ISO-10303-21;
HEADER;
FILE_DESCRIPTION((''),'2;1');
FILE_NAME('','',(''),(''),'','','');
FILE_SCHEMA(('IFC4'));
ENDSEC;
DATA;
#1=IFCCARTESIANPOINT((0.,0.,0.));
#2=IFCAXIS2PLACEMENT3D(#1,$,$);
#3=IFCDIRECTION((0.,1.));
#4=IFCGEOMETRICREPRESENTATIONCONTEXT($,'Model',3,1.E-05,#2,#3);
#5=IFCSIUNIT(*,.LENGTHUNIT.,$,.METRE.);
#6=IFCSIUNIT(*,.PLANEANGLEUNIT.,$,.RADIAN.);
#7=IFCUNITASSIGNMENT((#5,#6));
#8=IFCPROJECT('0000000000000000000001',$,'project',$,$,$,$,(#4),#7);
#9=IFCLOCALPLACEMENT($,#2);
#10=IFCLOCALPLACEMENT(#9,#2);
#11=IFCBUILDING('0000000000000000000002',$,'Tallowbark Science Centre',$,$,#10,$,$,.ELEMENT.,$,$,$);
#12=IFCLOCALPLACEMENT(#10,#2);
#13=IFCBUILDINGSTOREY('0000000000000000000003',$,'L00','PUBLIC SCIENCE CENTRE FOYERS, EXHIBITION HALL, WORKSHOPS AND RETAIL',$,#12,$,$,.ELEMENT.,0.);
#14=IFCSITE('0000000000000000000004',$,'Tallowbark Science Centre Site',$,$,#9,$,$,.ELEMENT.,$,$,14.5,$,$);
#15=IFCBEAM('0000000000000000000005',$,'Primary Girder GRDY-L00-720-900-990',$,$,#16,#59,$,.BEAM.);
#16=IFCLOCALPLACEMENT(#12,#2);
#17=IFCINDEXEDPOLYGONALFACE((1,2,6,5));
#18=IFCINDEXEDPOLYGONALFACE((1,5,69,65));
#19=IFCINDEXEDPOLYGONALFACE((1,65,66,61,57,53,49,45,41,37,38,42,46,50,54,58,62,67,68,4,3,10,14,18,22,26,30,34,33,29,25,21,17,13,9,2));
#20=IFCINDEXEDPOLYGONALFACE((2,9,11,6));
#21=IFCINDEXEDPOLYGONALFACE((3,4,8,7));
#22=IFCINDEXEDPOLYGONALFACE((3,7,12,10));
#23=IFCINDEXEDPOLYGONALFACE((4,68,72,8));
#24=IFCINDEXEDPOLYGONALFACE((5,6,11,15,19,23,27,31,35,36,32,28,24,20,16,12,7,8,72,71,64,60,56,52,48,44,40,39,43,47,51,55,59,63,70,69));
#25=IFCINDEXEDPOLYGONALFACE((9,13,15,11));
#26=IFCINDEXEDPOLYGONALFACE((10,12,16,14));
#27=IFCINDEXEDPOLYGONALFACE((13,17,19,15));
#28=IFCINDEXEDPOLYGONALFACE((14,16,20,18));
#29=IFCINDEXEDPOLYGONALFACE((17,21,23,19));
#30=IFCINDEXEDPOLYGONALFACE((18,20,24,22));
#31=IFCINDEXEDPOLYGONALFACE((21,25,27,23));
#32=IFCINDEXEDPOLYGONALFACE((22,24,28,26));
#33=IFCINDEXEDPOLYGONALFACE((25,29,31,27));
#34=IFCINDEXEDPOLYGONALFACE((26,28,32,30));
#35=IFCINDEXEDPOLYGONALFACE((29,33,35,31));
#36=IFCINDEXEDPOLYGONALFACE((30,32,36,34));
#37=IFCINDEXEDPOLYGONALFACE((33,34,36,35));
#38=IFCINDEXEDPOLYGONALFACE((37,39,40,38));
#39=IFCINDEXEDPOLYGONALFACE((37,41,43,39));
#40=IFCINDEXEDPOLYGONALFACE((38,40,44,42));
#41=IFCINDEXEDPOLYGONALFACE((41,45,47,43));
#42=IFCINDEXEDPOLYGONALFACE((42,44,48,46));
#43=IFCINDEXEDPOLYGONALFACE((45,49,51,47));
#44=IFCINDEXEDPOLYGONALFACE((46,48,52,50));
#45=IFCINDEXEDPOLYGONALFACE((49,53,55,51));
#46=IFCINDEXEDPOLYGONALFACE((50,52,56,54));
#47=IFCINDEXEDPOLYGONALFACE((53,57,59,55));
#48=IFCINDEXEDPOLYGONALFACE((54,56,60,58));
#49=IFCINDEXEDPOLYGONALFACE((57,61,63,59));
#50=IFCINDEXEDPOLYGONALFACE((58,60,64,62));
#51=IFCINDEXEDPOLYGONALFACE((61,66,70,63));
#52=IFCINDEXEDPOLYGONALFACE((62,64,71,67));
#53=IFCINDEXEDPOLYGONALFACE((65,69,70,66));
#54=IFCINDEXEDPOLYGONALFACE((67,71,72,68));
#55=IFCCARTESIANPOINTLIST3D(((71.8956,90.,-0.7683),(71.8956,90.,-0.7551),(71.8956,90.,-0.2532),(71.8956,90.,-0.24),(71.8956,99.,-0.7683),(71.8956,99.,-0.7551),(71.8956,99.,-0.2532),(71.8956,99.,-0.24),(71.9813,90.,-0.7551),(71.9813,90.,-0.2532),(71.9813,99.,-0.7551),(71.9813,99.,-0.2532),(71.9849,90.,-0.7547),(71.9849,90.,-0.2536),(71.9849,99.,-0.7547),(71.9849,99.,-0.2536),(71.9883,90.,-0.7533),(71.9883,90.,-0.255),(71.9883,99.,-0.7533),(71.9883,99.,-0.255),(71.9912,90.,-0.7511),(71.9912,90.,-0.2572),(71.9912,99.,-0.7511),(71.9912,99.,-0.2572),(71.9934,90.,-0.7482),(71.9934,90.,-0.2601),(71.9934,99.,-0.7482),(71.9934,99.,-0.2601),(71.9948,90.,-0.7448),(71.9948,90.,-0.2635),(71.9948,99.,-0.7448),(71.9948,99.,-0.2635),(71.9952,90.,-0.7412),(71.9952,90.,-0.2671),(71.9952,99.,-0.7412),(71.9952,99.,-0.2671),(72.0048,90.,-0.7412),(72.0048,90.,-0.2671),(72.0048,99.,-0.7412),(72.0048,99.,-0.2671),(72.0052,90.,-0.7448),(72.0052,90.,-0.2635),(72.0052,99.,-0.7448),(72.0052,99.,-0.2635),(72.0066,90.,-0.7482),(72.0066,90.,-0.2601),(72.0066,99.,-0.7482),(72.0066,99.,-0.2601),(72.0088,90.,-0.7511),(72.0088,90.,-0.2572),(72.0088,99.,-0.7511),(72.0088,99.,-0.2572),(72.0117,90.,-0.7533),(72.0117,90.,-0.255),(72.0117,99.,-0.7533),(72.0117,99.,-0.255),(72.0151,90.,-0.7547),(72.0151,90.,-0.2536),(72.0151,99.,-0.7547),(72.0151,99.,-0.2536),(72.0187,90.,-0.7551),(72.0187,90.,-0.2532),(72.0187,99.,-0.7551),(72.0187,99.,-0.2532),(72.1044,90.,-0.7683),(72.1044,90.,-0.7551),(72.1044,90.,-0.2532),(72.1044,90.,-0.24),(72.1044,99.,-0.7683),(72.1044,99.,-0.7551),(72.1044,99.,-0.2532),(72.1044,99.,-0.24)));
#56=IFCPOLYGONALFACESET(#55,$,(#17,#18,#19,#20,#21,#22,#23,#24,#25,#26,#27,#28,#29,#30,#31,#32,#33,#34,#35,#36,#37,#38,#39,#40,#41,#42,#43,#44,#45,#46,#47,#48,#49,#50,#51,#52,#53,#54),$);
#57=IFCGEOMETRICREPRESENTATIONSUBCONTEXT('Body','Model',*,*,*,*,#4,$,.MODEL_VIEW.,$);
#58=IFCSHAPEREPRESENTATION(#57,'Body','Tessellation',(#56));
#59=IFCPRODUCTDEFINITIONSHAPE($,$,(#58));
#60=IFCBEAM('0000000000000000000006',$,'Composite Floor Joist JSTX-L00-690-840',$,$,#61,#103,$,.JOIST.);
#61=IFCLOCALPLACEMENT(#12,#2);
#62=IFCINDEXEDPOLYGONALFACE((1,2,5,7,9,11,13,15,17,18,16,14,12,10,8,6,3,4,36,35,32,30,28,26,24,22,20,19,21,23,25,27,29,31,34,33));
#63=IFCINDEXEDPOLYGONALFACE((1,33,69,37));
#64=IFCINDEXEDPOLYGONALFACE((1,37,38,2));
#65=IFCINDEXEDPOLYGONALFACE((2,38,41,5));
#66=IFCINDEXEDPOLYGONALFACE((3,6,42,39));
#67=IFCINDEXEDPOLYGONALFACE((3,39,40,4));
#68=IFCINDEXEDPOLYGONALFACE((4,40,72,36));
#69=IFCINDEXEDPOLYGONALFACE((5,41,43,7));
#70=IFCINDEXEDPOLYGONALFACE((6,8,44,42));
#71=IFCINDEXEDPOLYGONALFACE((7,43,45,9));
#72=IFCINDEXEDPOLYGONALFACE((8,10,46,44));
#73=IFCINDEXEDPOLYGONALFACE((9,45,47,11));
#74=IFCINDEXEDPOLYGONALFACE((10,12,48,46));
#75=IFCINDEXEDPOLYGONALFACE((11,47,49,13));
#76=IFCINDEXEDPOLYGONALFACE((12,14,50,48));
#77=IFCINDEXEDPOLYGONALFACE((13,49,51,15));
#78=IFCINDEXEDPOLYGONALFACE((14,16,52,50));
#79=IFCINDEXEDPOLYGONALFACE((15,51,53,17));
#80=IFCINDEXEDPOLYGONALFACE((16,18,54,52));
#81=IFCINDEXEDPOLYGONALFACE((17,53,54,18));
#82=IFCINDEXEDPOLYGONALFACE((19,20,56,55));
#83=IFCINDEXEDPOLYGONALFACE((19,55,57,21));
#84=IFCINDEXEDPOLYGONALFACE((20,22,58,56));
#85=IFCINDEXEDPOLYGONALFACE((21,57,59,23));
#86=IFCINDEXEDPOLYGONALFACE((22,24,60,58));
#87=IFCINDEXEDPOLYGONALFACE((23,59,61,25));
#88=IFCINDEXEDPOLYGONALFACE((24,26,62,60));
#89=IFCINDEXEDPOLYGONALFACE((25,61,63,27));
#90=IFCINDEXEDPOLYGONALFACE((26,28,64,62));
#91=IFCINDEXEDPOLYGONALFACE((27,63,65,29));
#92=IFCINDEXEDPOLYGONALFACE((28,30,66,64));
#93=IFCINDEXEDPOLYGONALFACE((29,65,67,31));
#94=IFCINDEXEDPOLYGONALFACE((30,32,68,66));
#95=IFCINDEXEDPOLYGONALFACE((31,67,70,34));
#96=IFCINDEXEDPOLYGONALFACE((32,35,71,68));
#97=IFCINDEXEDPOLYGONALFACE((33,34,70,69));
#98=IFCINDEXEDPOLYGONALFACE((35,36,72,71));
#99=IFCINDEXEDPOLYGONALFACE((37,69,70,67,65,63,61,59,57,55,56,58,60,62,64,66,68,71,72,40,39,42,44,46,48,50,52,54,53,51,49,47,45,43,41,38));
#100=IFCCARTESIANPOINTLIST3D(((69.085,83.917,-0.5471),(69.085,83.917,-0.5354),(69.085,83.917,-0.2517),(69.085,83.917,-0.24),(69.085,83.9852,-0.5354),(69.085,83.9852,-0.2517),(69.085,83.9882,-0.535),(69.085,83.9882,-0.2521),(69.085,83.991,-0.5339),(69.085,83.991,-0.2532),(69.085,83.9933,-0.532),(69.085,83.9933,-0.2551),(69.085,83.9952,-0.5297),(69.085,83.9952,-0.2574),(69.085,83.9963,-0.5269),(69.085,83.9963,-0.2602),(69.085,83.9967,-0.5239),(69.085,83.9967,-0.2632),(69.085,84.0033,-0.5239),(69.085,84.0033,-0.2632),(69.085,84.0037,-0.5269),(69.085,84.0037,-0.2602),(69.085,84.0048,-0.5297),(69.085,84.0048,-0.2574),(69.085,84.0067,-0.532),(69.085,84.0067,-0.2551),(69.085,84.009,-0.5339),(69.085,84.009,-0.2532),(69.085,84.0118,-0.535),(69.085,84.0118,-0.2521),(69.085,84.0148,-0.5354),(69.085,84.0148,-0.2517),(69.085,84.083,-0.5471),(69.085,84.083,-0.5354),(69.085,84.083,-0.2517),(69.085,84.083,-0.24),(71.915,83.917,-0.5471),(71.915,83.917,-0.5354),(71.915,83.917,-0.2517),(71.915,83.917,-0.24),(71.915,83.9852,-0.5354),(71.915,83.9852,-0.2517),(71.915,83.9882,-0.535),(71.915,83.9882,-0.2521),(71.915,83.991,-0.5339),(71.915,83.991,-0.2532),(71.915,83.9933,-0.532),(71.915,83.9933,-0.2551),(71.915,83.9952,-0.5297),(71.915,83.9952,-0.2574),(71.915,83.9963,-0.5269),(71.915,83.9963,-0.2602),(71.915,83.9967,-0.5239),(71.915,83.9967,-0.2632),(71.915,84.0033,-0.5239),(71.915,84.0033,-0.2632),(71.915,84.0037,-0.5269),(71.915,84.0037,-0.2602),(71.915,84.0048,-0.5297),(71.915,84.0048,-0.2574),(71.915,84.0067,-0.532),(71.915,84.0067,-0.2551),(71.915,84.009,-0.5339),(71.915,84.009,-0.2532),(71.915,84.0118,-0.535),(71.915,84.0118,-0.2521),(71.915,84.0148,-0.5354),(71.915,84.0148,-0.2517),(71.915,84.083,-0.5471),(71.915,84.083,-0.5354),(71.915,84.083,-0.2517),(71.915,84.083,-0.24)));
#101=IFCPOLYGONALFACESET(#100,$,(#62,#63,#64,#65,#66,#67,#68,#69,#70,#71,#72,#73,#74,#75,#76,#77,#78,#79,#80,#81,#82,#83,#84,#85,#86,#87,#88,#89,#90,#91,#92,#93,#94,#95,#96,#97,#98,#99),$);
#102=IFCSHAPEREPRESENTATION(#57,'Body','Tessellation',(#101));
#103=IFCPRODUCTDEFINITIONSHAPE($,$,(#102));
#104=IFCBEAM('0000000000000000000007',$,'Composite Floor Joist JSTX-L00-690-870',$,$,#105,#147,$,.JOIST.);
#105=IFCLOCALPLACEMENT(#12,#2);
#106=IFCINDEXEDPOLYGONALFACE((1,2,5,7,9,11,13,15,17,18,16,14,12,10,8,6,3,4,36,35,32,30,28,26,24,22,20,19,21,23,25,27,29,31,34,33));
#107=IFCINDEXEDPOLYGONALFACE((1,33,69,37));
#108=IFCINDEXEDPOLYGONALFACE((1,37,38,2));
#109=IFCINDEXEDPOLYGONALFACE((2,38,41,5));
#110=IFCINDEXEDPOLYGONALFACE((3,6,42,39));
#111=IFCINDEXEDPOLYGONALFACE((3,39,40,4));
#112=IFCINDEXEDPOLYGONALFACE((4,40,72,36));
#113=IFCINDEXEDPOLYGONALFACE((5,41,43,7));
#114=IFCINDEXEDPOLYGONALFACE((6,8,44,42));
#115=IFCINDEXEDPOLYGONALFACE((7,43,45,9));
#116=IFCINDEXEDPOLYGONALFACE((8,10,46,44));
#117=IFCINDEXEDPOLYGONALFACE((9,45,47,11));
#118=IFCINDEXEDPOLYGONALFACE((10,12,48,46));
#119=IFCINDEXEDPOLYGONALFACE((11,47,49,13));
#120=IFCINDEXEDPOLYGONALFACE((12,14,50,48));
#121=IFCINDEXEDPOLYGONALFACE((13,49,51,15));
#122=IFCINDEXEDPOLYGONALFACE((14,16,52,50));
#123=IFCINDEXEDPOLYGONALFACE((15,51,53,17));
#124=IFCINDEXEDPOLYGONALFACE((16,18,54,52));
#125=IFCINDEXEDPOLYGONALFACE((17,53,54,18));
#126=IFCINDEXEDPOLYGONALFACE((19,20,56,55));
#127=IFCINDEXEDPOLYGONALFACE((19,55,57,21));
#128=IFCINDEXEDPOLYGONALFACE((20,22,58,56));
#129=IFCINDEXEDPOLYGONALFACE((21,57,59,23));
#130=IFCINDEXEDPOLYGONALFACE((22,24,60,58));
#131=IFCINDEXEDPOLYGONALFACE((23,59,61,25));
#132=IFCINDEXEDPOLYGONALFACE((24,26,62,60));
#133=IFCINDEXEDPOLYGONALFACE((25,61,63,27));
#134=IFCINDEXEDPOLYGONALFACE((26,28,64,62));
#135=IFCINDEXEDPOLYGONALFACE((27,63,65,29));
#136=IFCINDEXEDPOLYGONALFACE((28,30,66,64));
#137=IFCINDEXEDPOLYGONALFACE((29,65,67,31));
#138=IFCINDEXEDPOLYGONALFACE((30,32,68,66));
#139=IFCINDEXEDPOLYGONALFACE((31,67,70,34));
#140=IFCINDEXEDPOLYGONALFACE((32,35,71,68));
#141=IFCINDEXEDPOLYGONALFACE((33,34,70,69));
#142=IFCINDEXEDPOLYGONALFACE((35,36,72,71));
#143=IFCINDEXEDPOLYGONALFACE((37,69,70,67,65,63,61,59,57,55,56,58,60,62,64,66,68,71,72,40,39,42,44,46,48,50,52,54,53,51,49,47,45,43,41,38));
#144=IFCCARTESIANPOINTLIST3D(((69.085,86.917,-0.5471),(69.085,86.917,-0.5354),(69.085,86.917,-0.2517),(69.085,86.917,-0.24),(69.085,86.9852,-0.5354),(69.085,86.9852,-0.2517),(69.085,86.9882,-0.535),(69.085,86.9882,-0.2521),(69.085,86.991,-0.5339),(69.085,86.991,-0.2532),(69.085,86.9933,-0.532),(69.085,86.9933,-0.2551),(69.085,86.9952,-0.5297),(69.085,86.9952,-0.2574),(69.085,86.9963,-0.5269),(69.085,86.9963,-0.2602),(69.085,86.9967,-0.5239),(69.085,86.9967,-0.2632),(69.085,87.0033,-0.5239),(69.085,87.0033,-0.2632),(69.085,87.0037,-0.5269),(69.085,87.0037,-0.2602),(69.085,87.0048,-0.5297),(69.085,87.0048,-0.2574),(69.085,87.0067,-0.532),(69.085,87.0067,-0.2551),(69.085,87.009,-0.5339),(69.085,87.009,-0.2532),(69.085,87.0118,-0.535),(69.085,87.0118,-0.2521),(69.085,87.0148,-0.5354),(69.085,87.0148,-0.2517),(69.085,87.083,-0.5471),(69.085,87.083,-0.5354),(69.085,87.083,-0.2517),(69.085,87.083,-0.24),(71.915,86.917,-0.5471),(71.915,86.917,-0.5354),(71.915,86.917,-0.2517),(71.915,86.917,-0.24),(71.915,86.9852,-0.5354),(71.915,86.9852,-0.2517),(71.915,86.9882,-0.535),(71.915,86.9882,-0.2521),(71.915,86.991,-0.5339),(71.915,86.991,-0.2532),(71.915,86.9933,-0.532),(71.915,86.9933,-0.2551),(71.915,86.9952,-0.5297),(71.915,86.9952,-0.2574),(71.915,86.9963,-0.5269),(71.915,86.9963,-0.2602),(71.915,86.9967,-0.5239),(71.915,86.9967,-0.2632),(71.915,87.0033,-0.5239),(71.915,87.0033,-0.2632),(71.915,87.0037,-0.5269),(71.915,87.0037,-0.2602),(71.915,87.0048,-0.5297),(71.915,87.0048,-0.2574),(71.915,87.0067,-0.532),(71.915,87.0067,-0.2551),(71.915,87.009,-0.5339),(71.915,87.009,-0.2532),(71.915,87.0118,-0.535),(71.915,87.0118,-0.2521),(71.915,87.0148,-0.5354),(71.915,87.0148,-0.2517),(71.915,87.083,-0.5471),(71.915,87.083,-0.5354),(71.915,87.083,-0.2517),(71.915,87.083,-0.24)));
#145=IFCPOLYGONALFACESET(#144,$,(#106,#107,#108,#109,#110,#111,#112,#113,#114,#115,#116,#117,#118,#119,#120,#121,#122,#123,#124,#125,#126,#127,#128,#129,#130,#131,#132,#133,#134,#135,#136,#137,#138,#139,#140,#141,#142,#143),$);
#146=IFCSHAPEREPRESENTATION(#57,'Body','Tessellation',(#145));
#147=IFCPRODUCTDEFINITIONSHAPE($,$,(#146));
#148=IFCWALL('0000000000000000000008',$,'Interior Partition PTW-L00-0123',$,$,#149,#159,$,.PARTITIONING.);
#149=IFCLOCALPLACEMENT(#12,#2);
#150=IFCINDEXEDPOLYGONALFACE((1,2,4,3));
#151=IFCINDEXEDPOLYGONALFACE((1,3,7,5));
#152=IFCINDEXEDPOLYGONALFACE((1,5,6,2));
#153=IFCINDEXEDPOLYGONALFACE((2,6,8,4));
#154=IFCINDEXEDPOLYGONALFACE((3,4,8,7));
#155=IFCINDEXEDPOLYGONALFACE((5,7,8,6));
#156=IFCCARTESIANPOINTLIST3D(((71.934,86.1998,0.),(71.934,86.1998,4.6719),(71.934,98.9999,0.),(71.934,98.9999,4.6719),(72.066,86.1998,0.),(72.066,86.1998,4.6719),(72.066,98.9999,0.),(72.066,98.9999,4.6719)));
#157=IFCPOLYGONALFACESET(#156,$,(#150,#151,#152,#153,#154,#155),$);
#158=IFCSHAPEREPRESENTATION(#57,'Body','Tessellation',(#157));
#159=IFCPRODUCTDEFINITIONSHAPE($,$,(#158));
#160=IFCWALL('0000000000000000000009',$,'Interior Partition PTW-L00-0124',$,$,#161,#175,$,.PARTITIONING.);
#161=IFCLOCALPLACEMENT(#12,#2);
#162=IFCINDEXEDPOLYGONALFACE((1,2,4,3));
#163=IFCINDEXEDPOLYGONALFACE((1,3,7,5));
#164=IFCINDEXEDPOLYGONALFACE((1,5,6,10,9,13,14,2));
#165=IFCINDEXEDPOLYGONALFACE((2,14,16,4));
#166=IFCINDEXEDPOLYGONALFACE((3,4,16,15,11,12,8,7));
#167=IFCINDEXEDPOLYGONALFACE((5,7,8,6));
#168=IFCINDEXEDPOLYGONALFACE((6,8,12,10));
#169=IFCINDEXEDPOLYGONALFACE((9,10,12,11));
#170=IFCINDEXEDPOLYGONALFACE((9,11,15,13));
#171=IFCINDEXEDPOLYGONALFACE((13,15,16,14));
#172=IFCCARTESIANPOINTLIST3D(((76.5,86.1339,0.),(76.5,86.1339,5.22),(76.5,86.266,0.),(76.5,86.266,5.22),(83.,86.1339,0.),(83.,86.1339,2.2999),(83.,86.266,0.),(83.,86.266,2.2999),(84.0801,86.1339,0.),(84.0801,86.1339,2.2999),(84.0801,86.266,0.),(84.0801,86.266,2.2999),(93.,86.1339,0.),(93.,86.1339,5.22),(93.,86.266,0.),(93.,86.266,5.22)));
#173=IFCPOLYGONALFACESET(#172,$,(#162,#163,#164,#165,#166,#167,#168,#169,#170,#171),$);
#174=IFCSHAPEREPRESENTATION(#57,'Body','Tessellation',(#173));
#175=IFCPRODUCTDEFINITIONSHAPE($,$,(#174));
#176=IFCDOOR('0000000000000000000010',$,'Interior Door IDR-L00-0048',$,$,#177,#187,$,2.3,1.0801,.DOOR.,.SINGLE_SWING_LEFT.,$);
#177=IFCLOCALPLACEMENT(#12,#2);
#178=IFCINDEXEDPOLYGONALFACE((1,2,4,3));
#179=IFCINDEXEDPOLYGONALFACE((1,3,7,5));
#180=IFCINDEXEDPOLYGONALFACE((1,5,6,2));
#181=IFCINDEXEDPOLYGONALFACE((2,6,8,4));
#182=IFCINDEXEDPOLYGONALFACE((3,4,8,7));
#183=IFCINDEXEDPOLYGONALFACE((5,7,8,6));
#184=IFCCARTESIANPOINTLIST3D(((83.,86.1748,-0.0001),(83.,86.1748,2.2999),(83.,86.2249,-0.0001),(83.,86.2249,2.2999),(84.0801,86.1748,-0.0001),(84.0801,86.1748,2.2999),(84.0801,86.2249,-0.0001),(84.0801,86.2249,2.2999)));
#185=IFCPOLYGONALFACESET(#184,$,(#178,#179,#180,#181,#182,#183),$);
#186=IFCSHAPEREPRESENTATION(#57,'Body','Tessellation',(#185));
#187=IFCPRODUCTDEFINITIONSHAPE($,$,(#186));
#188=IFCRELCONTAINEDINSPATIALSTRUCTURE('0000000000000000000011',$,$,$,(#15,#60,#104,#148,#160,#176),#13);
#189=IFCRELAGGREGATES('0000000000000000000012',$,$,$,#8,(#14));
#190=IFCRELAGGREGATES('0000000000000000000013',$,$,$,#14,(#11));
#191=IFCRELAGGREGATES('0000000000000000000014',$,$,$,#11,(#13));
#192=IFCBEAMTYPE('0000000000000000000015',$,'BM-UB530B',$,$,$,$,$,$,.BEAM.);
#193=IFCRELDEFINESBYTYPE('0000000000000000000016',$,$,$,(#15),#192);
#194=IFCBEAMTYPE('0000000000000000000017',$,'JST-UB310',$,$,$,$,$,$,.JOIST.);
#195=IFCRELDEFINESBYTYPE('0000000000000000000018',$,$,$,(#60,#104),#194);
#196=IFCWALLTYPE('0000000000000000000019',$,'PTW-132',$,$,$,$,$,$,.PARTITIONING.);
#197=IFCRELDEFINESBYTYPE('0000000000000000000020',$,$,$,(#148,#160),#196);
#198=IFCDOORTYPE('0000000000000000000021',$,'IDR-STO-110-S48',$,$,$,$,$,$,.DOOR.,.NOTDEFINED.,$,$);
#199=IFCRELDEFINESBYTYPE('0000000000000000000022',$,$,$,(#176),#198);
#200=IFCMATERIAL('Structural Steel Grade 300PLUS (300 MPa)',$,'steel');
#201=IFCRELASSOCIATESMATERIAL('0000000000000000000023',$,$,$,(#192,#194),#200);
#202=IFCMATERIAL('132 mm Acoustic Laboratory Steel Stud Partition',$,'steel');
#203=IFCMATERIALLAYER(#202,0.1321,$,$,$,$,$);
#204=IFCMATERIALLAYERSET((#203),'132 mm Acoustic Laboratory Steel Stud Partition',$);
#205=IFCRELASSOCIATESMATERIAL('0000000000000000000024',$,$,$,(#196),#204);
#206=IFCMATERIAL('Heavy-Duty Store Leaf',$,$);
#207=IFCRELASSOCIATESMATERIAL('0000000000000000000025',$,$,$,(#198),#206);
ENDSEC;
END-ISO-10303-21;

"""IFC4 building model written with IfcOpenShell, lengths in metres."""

from ifc_helpers import new_model, si_unit, direction, frame, frame_2d, origin, origin_2d, place, context, subcontext, project, spatial, rectangle, i_section, extrude, material, layer, layer_set, material_profile, profile_set, type_object, element, fill, save


model = new_model("IFC4")

# Units and contexts
model_context = context("Model", 3, precision=1e-05, world=origin(), true_north=direction((0.0, 1.0)))
body_context = subcontext(model_context, "Body", "Model", "MODEL_VIEW")
ifc_project = project(units=[si_unit("LENGTHUNIT", "METRE"), si_unit("PLANEANGLEUNIT", "RADIAN")], contexts=[model_context])

# Site, building, storey
site_placement = place(None, origin())
site = spatial("IfcSite", under=ifc_project, at=site_placement, Name="Tallowbark Science Centre Site", CompositionType="ELEMENT", RefElevation=14.5)
building_placement = place(site_placement, origin())
building = spatial("IfcBuilding", under=site, at=building_placement, Name="Tallowbark Science Centre", CompositionType="ELEMENT")
storey_placement = place(building_placement, origin())
storey = spatial("IfcBuildingStorey", under=building, at=storey_placement, Name="L00", Description="PUBLIC SCIENCE CENTRE FOYERS, EXHIBITION HALL, WORKSHOPS AND RETAIL", CompositionType="ELEMENT", Elevation=0.0)

# Shared definitions
ifc_material_1 = material(Name="Structural Steel Grade 300PLUS (300 MPa)", Category="steel")

# Beams
ifc_material_profile_1 = material_profile(ifc_material_1, i_section(OverallWidth=0.2087, OverallDepth=0.5283, WebThickness=0.0095, FlangeThickness=0.0132, FilletRadius=0.0139, at=origin_2d()), Name="530UB82.0")
ifc_profile_set_1 = profile_set([ifc_material_profile_1], Name="Structural Steel Grade 300PLUS (300 MPa)")
beam_type_1 = type_object("IfcBeamType", Name="BM-UB530B", PredefinedType="BEAM", material=ifc_profile_set_1)
for number, where, z_axis, x_axis, name in (
    (1, (72.0, 90.0, -0.5042), (0.0, 1.0, 0.0), (-1.0, 0.0, 0.0), "Primary Girder GRDY-L00-720-900-990"),
):
    element("IfcBeam", number, at=place(storey_placement, frame(where, z_axis=z_axis, x_axis=x_axis)), inside=storey, type_object=beam_type_1, Name=name, PredefinedType="BEAM", context=body_context, shape_type="SweptSolid", body=[
        extrude(i_section(OverallWidth=0.2087, OverallDepth=0.5283, WebThickness=0.0095, FlangeThickness=0.0132, FilletRadius=0.0139, at=origin_2d()), origin(), (0.0, 0.0, 1.0), 9.0),
    ])
ifc_material_profile_2 = material_profile(ifc_material_1, i_section(OverallWidth=0.166, OverallDepth=0.3071, WebThickness=0.0066, FlangeThickness=0.0117, FilletRadius=0.0115, at=origin_2d()), Name="310UB46.2")
ifc_profile_set_2 = profile_set([ifc_material_profile_2], Name="Structural Steel Grade 300PLUS (300 MPa)")
beam_type_2 = type_object("IfcBeamType", Name="JST-UB310", PredefinedType="JOIST", material=ifc_profile_set_2)
for number, where, z_axis, x_axis, name in (
    (2, (69.085, 84.0, -0.3936), (1.0, 0.0, 0.0), (0.0, 1.0, 0.0), "Composite Floor Joist JSTX-L00-690-840"),
    (3, (69.085, 87.0, -0.3936), (1.0, 0.0, 0.0), (0.0, 1.0, 0.0), "Composite Floor Joist JSTX-L00-690-870"),
):
    element("IfcBeam", number, at=place(storey_placement, frame(where, z_axis=z_axis, x_axis=x_axis)), inside=storey, type_object=beam_type_2, Name=name, PredefinedType="JOIST", context=body_context, shape_type="SweptSolid", body=[
        extrude(i_section(OverallWidth=0.166, OverallDepth=0.3071, WebThickness=0.0066, FlangeThickness=0.0117, FilletRadius=0.0115, at=origin_2d()), origin(), (0.0, 0.0, 1.0), 2.8301),
    ])

# Wall
ifc_material_2 = material(Name="132 mm Acoustic Laboratory Steel Stud Partition", Category="steel")
ifc_layer_1 = layer(ifc_material_2, 0.1321)
ifc_layer_set_1 = layer_set([ifc_layer_1], Name="132 mm Acoustic Laboratory Steel Stud Partition")
wall_type_1 = type_object("IfcWallType", Name="PTW-132", PredefinedType="PARTITIONING", material=ifc_layer_set_1)
wall_1_placement = place(storey_placement, frame((72.0, 86.2, 0.0), z_axis=(0.0, 0.0, 1.0), x_axis=(0.0, 1.0, 0.0)))
element("IfcWall", 4, at=wall_1_placement, inside=storey, type_object=wall_type_1, Name="Interior Partition PTW-L00-0123", PredefinedType="PARTITIONING", context=body_context, shape_type="SweptSolid", body=[
    extrude(rectangle(XDim=12.8, YDim=0.1321, at=frame_2d((6.3999, 0.0))), origin(), (0.0, 0.0, 1.0), 4.6719),
])

# Wall, opening, door
wall_2_placement = place(storey_placement, frame((76.5, 86.2, 0.0), z_axis=(0.0, 0.0, 1.0), x_axis=(1.0, 0.0, 0.0)))
wall_2 = element("IfcWall", 5, at=wall_2_placement, inside=storey, type_object=wall_type_1, Name="Interior Partition PTW-L00-0124", PredefinedType="PARTITIONING", context=body_context, shape_type="SweptSolid", body=[
    extrude(rectangle(XDim=16.5, YDim=0.1321, at=frame_2d((8.25, 0.0))), origin(), (0.0, 0.0, 1.0), 5.22),
])
opening_1_placement = place(wall_2_placement, frame((6.5, 0.0, 0.0)))
opening_1 = element("IfcOpeningElement", 6, at=opening_1_placement, cuts=wall_2, PredefinedType="OPENING", context=body_context, shape_type="SweptSolid", body=[
    extrude(rectangle(XDim=1.0801, YDim=2.3, at=frame_2d((0.54, 1.1499))), frame((0.0, 0.0762, 0.0), z_axis=(0.0, -1.0, 0.0), x_axis=(1.0, 0.0, 0.0)), (0.0, 0.0, 1.0), 0.1521),
])
ifc_material_3 = material(Name="Heavy-Duty Store Leaf")
door_type_1 = type_object("IfcDoorType", Name="IDR-STO-110-S48", OperationType="NOTDEFINED", PredefinedType="DOOR", material=ifc_material_3)
door_1_placement = place(opening_1_placement, origin())
door_1 = element("IfcDoor", 7, at=door_1_placement, inside=storey, type_object=door_type_1, Name="Interior Door IDR-L00-0048", OperationType="SINGLE_SWING_LEFT", OverallHeight=2.3, OverallWidth=1.0801, PredefinedType="DOOR", context=body_context, shape_type="SweptSolid", body=[
    extrude(rectangle(XDim=1.0801, YDim=2.3, at=frame_2d((0.54, 1.1499))), frame((0.0, 0.0249, 0.0), z_axis=(0.0, -1.0, 0.0), x_axis=(1.0, 0.0, 0.0)), (0.0, 0.0, 1.0), 0.05),
])
fill(opening_1, door_1)

save(model, "model.ifc")
